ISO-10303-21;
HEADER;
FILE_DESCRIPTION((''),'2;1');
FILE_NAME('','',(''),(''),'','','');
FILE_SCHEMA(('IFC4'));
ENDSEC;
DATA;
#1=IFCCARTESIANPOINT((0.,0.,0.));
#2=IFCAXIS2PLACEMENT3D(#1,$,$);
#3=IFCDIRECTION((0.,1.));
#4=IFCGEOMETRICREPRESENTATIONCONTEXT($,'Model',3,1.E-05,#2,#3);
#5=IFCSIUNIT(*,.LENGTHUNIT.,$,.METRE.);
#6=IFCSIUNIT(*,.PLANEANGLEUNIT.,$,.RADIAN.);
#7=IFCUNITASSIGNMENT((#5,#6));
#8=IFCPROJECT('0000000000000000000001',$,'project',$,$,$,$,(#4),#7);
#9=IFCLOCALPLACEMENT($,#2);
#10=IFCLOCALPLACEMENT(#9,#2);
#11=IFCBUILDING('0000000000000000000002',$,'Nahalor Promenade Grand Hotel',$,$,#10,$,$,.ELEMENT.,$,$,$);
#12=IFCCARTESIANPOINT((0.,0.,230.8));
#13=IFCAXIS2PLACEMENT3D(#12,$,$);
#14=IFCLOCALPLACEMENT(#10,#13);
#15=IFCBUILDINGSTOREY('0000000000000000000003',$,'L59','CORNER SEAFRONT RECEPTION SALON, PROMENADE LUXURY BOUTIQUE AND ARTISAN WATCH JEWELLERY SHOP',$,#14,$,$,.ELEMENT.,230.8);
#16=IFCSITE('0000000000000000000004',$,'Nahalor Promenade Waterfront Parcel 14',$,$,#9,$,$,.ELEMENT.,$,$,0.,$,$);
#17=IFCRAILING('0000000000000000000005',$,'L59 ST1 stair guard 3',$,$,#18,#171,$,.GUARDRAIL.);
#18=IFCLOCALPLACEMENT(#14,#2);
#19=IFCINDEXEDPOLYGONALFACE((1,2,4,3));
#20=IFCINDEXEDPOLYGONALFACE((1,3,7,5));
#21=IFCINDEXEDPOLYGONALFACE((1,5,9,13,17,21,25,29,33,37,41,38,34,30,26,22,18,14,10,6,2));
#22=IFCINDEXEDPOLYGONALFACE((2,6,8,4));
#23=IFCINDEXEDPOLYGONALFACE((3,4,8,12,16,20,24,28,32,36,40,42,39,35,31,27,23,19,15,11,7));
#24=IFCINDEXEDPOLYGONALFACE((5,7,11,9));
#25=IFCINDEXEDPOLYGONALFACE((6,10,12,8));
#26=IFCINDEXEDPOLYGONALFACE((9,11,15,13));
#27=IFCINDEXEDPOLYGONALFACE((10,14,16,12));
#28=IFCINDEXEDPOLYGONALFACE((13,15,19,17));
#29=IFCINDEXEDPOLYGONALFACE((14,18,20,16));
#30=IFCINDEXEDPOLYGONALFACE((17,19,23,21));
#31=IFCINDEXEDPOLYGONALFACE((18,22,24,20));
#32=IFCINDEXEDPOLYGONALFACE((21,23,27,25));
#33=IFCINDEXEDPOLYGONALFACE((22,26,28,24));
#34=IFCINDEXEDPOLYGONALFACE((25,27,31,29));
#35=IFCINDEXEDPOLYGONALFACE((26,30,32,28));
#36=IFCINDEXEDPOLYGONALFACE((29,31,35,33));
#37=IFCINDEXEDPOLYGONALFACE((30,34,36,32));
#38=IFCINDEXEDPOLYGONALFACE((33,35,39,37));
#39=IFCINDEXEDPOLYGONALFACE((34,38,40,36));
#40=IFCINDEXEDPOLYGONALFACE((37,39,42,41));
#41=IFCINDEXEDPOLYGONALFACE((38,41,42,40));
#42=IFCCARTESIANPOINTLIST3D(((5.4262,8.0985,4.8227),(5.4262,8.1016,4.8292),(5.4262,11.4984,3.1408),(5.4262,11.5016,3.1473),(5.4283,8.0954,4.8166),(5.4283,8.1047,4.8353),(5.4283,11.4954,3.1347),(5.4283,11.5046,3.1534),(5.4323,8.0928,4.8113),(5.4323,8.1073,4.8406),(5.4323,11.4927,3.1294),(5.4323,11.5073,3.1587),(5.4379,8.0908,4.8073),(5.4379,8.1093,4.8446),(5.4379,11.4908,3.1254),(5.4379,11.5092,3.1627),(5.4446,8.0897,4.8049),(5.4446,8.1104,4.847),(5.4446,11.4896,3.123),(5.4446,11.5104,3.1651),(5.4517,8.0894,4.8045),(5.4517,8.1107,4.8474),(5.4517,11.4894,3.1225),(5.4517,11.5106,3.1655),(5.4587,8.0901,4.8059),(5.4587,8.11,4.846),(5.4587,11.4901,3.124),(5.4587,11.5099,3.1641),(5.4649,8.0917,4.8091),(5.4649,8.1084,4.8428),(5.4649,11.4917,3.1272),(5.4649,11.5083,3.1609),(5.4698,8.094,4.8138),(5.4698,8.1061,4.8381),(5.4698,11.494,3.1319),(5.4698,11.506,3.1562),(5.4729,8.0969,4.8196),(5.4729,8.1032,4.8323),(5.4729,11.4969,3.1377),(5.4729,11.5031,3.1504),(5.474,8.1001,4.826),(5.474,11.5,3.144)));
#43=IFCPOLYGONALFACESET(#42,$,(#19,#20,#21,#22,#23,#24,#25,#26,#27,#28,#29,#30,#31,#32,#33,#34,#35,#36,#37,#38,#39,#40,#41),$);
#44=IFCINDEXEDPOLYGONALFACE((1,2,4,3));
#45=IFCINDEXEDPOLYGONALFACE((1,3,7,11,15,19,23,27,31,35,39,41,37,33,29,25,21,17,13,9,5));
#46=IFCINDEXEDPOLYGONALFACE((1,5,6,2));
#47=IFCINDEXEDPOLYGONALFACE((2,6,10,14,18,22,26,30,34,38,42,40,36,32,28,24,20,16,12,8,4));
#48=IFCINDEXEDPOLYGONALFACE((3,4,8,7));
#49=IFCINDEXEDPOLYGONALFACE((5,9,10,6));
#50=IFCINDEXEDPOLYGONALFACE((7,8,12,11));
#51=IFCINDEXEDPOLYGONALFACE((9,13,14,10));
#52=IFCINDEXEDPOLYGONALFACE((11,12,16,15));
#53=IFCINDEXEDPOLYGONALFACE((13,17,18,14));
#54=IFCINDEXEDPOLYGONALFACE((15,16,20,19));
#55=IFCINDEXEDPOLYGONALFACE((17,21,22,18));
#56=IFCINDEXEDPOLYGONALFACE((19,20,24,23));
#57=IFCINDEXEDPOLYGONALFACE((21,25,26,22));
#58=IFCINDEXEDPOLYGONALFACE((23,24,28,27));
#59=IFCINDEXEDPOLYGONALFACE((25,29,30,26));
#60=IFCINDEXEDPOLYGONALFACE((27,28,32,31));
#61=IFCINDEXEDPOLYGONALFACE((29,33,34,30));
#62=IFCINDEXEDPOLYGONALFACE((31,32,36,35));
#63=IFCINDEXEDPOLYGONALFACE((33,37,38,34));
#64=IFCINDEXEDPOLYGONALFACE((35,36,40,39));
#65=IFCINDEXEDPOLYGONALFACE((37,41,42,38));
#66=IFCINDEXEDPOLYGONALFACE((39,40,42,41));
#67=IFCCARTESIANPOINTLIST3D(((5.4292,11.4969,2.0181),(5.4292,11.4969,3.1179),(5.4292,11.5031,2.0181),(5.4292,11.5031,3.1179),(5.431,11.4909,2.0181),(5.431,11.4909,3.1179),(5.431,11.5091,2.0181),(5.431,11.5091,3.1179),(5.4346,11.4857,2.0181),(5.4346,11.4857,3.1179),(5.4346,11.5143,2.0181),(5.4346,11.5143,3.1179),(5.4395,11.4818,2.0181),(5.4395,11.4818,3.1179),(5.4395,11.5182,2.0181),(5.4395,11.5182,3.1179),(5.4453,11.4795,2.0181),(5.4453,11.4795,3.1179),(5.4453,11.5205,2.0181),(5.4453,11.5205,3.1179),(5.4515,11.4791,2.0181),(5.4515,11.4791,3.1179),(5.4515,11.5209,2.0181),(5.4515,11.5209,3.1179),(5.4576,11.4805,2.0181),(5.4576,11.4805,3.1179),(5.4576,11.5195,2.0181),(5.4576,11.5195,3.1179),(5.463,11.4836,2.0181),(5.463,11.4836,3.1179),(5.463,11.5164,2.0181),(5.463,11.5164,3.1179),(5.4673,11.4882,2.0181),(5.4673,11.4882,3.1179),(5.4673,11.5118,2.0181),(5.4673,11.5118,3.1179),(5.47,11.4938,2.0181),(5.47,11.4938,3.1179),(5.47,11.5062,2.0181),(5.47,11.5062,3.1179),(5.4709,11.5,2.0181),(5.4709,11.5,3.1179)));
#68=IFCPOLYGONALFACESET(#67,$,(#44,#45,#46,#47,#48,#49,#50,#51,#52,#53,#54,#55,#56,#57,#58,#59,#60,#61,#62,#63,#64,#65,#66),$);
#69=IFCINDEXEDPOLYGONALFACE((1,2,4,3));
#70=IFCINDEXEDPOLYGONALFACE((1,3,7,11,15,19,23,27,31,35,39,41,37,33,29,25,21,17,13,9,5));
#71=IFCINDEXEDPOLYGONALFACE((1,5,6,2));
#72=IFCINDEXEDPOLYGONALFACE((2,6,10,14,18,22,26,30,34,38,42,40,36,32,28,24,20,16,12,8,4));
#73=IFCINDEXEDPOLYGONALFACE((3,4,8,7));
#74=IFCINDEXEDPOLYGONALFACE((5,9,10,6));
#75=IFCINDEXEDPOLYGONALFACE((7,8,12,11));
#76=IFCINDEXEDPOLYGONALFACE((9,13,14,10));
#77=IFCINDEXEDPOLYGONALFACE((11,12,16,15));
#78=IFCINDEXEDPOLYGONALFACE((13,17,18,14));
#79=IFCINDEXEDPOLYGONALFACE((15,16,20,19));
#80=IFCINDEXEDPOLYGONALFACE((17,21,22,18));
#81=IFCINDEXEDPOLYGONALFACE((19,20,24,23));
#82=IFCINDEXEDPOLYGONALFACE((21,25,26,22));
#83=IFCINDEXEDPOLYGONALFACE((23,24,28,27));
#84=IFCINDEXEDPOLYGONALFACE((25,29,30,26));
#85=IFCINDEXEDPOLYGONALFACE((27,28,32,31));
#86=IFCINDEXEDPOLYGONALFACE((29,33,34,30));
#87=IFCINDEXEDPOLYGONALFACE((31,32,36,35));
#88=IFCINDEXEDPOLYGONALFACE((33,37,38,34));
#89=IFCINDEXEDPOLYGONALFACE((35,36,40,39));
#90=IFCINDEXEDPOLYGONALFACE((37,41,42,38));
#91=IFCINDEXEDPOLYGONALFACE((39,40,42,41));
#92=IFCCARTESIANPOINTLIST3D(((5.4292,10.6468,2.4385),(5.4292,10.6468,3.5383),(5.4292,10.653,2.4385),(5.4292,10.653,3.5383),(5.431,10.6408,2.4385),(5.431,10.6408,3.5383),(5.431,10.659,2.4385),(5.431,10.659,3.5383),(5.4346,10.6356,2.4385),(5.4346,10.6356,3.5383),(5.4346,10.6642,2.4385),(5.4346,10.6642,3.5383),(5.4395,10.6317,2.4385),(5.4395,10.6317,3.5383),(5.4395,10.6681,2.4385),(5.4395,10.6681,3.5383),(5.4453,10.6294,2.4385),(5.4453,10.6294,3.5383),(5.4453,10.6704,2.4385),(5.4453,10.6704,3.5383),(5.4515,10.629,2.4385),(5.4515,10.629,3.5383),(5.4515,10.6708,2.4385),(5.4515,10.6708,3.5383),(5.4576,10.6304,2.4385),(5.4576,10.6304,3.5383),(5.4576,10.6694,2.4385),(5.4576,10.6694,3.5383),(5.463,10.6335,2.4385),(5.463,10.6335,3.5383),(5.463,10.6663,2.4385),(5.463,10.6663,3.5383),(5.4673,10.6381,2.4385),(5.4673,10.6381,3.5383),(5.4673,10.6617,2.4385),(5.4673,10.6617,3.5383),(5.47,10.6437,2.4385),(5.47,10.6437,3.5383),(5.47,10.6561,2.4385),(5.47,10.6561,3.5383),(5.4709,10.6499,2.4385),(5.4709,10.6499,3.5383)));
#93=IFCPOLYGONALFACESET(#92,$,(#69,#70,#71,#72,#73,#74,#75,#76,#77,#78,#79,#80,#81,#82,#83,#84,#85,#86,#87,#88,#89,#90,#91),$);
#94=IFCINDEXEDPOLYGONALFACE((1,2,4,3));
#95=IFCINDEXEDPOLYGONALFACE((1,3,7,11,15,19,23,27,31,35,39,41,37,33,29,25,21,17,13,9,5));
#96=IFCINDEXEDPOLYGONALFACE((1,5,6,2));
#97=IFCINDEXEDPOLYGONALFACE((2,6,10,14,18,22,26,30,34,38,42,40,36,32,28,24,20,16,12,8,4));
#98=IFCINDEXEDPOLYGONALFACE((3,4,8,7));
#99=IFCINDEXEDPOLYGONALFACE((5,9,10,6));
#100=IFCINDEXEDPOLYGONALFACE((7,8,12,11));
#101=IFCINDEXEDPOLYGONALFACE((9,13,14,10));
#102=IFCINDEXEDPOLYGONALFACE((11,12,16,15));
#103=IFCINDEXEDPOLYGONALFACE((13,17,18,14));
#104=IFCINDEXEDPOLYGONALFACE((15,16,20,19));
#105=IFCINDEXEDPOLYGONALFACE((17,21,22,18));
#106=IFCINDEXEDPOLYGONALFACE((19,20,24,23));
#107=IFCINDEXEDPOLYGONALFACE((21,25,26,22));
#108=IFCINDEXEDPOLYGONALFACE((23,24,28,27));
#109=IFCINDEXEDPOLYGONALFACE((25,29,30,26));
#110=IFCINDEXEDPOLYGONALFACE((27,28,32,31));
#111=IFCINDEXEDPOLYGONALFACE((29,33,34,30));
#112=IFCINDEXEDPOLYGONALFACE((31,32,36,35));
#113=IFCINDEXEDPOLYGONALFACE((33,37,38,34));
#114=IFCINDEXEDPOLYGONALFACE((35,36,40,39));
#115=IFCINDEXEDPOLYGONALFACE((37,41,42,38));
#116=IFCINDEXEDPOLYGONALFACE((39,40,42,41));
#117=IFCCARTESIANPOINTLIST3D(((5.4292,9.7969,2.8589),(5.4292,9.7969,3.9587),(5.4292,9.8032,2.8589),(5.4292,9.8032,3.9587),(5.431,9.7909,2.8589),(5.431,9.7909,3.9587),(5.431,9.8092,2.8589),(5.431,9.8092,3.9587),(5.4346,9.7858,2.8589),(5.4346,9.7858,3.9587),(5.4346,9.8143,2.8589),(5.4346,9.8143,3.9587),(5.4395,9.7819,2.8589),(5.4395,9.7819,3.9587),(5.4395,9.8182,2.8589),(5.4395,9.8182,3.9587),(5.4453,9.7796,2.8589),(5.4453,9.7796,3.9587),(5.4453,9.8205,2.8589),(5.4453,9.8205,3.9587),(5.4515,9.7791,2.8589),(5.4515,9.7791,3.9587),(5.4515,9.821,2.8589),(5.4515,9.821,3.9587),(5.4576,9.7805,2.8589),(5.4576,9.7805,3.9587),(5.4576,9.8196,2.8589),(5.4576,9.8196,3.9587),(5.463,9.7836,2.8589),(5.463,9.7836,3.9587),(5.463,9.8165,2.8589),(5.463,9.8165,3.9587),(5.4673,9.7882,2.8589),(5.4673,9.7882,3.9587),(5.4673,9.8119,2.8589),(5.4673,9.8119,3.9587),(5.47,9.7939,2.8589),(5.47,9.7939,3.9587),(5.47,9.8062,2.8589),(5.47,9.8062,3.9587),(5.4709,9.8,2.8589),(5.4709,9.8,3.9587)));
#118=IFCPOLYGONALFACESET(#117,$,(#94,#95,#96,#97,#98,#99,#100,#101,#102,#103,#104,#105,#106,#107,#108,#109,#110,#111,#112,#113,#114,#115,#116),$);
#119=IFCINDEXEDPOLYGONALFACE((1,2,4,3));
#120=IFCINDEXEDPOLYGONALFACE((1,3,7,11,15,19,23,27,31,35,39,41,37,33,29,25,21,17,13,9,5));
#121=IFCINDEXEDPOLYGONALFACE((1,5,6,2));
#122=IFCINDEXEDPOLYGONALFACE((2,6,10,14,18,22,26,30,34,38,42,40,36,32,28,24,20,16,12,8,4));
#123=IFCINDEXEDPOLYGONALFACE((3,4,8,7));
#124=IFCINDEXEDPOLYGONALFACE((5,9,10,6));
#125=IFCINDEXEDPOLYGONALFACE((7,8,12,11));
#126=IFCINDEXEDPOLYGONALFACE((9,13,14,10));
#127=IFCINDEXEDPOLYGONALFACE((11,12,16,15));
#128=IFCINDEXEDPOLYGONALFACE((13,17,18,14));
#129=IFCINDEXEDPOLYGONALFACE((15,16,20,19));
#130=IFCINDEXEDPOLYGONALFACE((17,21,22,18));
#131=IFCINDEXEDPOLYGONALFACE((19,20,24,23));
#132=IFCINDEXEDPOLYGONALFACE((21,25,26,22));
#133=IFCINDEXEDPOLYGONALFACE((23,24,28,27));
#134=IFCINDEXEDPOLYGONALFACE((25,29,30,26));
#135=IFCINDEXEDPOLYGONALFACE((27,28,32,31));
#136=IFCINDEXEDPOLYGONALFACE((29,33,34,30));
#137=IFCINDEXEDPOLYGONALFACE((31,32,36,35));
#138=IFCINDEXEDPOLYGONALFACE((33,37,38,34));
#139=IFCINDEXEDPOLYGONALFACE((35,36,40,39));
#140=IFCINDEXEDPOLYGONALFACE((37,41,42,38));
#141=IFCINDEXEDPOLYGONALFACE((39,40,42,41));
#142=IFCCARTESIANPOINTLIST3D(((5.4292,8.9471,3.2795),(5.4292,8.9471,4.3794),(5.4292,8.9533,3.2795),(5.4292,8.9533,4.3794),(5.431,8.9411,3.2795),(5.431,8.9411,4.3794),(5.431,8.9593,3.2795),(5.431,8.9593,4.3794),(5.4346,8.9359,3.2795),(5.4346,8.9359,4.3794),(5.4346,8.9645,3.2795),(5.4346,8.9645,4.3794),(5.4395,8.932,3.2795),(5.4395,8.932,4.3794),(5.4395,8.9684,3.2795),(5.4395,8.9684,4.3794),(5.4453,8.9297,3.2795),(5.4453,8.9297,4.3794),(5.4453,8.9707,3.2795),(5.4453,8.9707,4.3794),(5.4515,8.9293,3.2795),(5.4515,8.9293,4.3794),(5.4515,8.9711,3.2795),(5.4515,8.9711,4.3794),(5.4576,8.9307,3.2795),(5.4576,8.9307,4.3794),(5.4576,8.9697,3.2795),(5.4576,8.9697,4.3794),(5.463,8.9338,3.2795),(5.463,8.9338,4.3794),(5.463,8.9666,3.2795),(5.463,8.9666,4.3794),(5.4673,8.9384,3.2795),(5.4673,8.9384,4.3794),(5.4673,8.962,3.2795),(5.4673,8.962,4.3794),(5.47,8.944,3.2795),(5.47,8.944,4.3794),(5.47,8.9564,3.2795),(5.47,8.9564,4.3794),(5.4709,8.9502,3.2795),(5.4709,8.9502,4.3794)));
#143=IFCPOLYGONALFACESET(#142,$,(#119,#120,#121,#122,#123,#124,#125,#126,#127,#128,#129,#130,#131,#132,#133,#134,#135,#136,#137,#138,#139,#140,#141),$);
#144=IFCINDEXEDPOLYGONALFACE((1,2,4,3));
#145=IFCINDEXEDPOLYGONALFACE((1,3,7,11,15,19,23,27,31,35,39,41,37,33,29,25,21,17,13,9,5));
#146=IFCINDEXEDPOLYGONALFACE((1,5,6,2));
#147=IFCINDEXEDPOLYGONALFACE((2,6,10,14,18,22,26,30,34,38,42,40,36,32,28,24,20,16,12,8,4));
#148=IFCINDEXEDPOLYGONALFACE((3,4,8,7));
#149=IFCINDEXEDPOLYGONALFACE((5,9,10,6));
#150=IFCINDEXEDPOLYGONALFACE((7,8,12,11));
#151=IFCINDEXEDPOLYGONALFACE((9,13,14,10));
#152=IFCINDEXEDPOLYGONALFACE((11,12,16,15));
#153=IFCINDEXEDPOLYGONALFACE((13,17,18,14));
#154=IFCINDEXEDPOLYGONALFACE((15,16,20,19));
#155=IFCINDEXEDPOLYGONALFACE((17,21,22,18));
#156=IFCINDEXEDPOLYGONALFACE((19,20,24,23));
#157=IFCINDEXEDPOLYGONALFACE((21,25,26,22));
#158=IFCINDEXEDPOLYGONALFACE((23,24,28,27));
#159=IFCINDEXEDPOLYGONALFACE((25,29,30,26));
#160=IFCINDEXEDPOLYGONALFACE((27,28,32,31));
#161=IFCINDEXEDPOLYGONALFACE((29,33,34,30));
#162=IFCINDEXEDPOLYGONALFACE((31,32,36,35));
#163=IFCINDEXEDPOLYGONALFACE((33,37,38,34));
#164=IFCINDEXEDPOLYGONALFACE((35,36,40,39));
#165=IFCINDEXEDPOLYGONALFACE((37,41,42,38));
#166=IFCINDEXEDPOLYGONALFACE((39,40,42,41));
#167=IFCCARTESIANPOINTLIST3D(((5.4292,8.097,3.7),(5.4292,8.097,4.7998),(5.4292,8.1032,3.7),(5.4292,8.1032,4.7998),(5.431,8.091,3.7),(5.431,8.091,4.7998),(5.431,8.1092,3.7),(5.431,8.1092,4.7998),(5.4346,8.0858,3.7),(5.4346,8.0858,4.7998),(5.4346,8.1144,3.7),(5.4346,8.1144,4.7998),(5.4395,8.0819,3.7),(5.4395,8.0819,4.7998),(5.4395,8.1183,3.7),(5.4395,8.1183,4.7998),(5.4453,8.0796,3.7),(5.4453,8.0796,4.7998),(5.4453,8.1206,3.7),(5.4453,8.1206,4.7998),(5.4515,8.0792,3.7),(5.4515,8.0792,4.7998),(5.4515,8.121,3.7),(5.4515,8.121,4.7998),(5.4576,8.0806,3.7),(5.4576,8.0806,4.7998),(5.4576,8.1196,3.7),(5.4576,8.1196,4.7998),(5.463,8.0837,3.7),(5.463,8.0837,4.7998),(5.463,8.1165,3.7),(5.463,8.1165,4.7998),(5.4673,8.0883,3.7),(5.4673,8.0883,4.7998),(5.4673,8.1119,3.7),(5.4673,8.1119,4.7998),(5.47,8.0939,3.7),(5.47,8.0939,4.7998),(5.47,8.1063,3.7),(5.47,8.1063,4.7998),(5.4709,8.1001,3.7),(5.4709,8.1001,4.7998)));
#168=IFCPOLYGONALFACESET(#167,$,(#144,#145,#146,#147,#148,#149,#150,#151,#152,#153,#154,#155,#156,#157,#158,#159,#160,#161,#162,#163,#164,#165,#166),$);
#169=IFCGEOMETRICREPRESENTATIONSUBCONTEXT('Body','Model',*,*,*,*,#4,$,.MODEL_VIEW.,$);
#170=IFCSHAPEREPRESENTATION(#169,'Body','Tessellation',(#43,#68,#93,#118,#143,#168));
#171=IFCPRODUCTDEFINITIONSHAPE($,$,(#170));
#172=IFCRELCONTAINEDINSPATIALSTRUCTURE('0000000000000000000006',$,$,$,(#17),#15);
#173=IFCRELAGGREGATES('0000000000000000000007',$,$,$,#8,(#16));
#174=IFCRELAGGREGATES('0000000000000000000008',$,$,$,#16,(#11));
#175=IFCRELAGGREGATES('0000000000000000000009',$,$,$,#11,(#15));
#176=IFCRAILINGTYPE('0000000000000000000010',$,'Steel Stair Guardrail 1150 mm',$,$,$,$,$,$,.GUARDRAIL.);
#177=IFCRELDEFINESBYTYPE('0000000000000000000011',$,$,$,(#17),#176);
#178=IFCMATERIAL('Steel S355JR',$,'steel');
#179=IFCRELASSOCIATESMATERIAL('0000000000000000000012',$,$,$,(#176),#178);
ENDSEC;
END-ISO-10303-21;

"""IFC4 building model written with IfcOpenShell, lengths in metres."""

from ifc_helpers import new_model, si_unit, direction, frame, origin, origin_2d, place, context, subcontext, project, spatial, circle, extrude, material, type_object, element, save


model = new_model("IFC4")

# Units and contexts
model_context = context("Model", 3, precision=1e-05, world=origin(), true_north=direction((0.0, 1.0)))
body_context = subcontext(model_context, "Body", "Model", "MODEL_VIEW")
ifc_project = project(units=[si_unit("LENGTHUNIT", "METRE"), si_unit("PLANEANGLEUNIT", "RADIAN")], contexts=[model_context])

# Site, building, storey
site_placement = place(None, origin())
site = spatial("IfcSite", under=ifc_project, at=site_placement, Name="Nahalor Promenade Waterfront Parcel 14", CompositionType="ELEMENT", RefElevation=0.0)
building_placement = place(site_placement, origin())
building = spatial("IfcBuilding", under=site, at=building_placement, Name="Nahalor Promenade Grand Hotel", CompositionType="ELEMENT")
storey_placement = place(building_placement, frame((0.0, 0.0, 230.8)))
storey = spatial("IfcBuildingStorey", under=building, at=storey_placement, Name="L59", Description="CORNER SEAFRONT RECEPTION SALON, PROMENADE LUXURY BOUTIQUE AND ARTISAN WATCH JEWELLERY SHOP", CompositionType="ELEMENT", Elevation=230.8)

# Shared definitions
ifc_material_1 = material(Name="Steel S355JR", Category="steel")

# Railing
railing_type_1 = type_object("IfcRailingType", Name="Steel Stair Guardrail 1150 mm", PredefinedType="GUARDRAIL", material=ifc_material_1)
railing_1_placement = place(storey_placement, frame((5.45, 11.5, 2.0181)))
element("IfcRailing", 1, at=railing_1_placement, inside=storey, type_object=railing_type_1, Name="L59 ST1 stair guard 3", PredefinedType="GUARDRAIL", context=body_context, shape_type="SweptSolid", body=[
    extrude(circle(Radius=0.024, at=origin_2d()), frame((0.0, 0.0, 1.126), z_axis=(0.0, -0.896324, 0.443399), x_axis=(1.0, 0.0, 0.0)), (0.0, 0.0, 1.0), 3.7932),
    extrude(circle(Radius=0.021, at=origin_2d()), origin(), (0.0, 0.0, 1.0), 1.0999),
    extrude(circle(Radius=0.021, at=origin_2d()), frame((0.0, -0.8501, 0.4204)), (0.0, 0.0, 1.0), 1.0999),
    extrude(circle(Radius=0.021, at=origin_2d()), frame((0.0, -1.7, 0.8408)), (0.0, 0.0, 1.0), 1.0999),
    extrude(circle(Radius=0.021, at=origin_2d()), frame((0.0, -2.5498, 1.2615)), (0.0, 0.0, 1.0), 1.0999),
    extrude(circle(Radius=0.021, at=origin_2d()), frame((0.0, -3.3999, 1.6819)), (0.0, 0.0, 1.0), 1.0999),
])

save(model, "model.ifc")
